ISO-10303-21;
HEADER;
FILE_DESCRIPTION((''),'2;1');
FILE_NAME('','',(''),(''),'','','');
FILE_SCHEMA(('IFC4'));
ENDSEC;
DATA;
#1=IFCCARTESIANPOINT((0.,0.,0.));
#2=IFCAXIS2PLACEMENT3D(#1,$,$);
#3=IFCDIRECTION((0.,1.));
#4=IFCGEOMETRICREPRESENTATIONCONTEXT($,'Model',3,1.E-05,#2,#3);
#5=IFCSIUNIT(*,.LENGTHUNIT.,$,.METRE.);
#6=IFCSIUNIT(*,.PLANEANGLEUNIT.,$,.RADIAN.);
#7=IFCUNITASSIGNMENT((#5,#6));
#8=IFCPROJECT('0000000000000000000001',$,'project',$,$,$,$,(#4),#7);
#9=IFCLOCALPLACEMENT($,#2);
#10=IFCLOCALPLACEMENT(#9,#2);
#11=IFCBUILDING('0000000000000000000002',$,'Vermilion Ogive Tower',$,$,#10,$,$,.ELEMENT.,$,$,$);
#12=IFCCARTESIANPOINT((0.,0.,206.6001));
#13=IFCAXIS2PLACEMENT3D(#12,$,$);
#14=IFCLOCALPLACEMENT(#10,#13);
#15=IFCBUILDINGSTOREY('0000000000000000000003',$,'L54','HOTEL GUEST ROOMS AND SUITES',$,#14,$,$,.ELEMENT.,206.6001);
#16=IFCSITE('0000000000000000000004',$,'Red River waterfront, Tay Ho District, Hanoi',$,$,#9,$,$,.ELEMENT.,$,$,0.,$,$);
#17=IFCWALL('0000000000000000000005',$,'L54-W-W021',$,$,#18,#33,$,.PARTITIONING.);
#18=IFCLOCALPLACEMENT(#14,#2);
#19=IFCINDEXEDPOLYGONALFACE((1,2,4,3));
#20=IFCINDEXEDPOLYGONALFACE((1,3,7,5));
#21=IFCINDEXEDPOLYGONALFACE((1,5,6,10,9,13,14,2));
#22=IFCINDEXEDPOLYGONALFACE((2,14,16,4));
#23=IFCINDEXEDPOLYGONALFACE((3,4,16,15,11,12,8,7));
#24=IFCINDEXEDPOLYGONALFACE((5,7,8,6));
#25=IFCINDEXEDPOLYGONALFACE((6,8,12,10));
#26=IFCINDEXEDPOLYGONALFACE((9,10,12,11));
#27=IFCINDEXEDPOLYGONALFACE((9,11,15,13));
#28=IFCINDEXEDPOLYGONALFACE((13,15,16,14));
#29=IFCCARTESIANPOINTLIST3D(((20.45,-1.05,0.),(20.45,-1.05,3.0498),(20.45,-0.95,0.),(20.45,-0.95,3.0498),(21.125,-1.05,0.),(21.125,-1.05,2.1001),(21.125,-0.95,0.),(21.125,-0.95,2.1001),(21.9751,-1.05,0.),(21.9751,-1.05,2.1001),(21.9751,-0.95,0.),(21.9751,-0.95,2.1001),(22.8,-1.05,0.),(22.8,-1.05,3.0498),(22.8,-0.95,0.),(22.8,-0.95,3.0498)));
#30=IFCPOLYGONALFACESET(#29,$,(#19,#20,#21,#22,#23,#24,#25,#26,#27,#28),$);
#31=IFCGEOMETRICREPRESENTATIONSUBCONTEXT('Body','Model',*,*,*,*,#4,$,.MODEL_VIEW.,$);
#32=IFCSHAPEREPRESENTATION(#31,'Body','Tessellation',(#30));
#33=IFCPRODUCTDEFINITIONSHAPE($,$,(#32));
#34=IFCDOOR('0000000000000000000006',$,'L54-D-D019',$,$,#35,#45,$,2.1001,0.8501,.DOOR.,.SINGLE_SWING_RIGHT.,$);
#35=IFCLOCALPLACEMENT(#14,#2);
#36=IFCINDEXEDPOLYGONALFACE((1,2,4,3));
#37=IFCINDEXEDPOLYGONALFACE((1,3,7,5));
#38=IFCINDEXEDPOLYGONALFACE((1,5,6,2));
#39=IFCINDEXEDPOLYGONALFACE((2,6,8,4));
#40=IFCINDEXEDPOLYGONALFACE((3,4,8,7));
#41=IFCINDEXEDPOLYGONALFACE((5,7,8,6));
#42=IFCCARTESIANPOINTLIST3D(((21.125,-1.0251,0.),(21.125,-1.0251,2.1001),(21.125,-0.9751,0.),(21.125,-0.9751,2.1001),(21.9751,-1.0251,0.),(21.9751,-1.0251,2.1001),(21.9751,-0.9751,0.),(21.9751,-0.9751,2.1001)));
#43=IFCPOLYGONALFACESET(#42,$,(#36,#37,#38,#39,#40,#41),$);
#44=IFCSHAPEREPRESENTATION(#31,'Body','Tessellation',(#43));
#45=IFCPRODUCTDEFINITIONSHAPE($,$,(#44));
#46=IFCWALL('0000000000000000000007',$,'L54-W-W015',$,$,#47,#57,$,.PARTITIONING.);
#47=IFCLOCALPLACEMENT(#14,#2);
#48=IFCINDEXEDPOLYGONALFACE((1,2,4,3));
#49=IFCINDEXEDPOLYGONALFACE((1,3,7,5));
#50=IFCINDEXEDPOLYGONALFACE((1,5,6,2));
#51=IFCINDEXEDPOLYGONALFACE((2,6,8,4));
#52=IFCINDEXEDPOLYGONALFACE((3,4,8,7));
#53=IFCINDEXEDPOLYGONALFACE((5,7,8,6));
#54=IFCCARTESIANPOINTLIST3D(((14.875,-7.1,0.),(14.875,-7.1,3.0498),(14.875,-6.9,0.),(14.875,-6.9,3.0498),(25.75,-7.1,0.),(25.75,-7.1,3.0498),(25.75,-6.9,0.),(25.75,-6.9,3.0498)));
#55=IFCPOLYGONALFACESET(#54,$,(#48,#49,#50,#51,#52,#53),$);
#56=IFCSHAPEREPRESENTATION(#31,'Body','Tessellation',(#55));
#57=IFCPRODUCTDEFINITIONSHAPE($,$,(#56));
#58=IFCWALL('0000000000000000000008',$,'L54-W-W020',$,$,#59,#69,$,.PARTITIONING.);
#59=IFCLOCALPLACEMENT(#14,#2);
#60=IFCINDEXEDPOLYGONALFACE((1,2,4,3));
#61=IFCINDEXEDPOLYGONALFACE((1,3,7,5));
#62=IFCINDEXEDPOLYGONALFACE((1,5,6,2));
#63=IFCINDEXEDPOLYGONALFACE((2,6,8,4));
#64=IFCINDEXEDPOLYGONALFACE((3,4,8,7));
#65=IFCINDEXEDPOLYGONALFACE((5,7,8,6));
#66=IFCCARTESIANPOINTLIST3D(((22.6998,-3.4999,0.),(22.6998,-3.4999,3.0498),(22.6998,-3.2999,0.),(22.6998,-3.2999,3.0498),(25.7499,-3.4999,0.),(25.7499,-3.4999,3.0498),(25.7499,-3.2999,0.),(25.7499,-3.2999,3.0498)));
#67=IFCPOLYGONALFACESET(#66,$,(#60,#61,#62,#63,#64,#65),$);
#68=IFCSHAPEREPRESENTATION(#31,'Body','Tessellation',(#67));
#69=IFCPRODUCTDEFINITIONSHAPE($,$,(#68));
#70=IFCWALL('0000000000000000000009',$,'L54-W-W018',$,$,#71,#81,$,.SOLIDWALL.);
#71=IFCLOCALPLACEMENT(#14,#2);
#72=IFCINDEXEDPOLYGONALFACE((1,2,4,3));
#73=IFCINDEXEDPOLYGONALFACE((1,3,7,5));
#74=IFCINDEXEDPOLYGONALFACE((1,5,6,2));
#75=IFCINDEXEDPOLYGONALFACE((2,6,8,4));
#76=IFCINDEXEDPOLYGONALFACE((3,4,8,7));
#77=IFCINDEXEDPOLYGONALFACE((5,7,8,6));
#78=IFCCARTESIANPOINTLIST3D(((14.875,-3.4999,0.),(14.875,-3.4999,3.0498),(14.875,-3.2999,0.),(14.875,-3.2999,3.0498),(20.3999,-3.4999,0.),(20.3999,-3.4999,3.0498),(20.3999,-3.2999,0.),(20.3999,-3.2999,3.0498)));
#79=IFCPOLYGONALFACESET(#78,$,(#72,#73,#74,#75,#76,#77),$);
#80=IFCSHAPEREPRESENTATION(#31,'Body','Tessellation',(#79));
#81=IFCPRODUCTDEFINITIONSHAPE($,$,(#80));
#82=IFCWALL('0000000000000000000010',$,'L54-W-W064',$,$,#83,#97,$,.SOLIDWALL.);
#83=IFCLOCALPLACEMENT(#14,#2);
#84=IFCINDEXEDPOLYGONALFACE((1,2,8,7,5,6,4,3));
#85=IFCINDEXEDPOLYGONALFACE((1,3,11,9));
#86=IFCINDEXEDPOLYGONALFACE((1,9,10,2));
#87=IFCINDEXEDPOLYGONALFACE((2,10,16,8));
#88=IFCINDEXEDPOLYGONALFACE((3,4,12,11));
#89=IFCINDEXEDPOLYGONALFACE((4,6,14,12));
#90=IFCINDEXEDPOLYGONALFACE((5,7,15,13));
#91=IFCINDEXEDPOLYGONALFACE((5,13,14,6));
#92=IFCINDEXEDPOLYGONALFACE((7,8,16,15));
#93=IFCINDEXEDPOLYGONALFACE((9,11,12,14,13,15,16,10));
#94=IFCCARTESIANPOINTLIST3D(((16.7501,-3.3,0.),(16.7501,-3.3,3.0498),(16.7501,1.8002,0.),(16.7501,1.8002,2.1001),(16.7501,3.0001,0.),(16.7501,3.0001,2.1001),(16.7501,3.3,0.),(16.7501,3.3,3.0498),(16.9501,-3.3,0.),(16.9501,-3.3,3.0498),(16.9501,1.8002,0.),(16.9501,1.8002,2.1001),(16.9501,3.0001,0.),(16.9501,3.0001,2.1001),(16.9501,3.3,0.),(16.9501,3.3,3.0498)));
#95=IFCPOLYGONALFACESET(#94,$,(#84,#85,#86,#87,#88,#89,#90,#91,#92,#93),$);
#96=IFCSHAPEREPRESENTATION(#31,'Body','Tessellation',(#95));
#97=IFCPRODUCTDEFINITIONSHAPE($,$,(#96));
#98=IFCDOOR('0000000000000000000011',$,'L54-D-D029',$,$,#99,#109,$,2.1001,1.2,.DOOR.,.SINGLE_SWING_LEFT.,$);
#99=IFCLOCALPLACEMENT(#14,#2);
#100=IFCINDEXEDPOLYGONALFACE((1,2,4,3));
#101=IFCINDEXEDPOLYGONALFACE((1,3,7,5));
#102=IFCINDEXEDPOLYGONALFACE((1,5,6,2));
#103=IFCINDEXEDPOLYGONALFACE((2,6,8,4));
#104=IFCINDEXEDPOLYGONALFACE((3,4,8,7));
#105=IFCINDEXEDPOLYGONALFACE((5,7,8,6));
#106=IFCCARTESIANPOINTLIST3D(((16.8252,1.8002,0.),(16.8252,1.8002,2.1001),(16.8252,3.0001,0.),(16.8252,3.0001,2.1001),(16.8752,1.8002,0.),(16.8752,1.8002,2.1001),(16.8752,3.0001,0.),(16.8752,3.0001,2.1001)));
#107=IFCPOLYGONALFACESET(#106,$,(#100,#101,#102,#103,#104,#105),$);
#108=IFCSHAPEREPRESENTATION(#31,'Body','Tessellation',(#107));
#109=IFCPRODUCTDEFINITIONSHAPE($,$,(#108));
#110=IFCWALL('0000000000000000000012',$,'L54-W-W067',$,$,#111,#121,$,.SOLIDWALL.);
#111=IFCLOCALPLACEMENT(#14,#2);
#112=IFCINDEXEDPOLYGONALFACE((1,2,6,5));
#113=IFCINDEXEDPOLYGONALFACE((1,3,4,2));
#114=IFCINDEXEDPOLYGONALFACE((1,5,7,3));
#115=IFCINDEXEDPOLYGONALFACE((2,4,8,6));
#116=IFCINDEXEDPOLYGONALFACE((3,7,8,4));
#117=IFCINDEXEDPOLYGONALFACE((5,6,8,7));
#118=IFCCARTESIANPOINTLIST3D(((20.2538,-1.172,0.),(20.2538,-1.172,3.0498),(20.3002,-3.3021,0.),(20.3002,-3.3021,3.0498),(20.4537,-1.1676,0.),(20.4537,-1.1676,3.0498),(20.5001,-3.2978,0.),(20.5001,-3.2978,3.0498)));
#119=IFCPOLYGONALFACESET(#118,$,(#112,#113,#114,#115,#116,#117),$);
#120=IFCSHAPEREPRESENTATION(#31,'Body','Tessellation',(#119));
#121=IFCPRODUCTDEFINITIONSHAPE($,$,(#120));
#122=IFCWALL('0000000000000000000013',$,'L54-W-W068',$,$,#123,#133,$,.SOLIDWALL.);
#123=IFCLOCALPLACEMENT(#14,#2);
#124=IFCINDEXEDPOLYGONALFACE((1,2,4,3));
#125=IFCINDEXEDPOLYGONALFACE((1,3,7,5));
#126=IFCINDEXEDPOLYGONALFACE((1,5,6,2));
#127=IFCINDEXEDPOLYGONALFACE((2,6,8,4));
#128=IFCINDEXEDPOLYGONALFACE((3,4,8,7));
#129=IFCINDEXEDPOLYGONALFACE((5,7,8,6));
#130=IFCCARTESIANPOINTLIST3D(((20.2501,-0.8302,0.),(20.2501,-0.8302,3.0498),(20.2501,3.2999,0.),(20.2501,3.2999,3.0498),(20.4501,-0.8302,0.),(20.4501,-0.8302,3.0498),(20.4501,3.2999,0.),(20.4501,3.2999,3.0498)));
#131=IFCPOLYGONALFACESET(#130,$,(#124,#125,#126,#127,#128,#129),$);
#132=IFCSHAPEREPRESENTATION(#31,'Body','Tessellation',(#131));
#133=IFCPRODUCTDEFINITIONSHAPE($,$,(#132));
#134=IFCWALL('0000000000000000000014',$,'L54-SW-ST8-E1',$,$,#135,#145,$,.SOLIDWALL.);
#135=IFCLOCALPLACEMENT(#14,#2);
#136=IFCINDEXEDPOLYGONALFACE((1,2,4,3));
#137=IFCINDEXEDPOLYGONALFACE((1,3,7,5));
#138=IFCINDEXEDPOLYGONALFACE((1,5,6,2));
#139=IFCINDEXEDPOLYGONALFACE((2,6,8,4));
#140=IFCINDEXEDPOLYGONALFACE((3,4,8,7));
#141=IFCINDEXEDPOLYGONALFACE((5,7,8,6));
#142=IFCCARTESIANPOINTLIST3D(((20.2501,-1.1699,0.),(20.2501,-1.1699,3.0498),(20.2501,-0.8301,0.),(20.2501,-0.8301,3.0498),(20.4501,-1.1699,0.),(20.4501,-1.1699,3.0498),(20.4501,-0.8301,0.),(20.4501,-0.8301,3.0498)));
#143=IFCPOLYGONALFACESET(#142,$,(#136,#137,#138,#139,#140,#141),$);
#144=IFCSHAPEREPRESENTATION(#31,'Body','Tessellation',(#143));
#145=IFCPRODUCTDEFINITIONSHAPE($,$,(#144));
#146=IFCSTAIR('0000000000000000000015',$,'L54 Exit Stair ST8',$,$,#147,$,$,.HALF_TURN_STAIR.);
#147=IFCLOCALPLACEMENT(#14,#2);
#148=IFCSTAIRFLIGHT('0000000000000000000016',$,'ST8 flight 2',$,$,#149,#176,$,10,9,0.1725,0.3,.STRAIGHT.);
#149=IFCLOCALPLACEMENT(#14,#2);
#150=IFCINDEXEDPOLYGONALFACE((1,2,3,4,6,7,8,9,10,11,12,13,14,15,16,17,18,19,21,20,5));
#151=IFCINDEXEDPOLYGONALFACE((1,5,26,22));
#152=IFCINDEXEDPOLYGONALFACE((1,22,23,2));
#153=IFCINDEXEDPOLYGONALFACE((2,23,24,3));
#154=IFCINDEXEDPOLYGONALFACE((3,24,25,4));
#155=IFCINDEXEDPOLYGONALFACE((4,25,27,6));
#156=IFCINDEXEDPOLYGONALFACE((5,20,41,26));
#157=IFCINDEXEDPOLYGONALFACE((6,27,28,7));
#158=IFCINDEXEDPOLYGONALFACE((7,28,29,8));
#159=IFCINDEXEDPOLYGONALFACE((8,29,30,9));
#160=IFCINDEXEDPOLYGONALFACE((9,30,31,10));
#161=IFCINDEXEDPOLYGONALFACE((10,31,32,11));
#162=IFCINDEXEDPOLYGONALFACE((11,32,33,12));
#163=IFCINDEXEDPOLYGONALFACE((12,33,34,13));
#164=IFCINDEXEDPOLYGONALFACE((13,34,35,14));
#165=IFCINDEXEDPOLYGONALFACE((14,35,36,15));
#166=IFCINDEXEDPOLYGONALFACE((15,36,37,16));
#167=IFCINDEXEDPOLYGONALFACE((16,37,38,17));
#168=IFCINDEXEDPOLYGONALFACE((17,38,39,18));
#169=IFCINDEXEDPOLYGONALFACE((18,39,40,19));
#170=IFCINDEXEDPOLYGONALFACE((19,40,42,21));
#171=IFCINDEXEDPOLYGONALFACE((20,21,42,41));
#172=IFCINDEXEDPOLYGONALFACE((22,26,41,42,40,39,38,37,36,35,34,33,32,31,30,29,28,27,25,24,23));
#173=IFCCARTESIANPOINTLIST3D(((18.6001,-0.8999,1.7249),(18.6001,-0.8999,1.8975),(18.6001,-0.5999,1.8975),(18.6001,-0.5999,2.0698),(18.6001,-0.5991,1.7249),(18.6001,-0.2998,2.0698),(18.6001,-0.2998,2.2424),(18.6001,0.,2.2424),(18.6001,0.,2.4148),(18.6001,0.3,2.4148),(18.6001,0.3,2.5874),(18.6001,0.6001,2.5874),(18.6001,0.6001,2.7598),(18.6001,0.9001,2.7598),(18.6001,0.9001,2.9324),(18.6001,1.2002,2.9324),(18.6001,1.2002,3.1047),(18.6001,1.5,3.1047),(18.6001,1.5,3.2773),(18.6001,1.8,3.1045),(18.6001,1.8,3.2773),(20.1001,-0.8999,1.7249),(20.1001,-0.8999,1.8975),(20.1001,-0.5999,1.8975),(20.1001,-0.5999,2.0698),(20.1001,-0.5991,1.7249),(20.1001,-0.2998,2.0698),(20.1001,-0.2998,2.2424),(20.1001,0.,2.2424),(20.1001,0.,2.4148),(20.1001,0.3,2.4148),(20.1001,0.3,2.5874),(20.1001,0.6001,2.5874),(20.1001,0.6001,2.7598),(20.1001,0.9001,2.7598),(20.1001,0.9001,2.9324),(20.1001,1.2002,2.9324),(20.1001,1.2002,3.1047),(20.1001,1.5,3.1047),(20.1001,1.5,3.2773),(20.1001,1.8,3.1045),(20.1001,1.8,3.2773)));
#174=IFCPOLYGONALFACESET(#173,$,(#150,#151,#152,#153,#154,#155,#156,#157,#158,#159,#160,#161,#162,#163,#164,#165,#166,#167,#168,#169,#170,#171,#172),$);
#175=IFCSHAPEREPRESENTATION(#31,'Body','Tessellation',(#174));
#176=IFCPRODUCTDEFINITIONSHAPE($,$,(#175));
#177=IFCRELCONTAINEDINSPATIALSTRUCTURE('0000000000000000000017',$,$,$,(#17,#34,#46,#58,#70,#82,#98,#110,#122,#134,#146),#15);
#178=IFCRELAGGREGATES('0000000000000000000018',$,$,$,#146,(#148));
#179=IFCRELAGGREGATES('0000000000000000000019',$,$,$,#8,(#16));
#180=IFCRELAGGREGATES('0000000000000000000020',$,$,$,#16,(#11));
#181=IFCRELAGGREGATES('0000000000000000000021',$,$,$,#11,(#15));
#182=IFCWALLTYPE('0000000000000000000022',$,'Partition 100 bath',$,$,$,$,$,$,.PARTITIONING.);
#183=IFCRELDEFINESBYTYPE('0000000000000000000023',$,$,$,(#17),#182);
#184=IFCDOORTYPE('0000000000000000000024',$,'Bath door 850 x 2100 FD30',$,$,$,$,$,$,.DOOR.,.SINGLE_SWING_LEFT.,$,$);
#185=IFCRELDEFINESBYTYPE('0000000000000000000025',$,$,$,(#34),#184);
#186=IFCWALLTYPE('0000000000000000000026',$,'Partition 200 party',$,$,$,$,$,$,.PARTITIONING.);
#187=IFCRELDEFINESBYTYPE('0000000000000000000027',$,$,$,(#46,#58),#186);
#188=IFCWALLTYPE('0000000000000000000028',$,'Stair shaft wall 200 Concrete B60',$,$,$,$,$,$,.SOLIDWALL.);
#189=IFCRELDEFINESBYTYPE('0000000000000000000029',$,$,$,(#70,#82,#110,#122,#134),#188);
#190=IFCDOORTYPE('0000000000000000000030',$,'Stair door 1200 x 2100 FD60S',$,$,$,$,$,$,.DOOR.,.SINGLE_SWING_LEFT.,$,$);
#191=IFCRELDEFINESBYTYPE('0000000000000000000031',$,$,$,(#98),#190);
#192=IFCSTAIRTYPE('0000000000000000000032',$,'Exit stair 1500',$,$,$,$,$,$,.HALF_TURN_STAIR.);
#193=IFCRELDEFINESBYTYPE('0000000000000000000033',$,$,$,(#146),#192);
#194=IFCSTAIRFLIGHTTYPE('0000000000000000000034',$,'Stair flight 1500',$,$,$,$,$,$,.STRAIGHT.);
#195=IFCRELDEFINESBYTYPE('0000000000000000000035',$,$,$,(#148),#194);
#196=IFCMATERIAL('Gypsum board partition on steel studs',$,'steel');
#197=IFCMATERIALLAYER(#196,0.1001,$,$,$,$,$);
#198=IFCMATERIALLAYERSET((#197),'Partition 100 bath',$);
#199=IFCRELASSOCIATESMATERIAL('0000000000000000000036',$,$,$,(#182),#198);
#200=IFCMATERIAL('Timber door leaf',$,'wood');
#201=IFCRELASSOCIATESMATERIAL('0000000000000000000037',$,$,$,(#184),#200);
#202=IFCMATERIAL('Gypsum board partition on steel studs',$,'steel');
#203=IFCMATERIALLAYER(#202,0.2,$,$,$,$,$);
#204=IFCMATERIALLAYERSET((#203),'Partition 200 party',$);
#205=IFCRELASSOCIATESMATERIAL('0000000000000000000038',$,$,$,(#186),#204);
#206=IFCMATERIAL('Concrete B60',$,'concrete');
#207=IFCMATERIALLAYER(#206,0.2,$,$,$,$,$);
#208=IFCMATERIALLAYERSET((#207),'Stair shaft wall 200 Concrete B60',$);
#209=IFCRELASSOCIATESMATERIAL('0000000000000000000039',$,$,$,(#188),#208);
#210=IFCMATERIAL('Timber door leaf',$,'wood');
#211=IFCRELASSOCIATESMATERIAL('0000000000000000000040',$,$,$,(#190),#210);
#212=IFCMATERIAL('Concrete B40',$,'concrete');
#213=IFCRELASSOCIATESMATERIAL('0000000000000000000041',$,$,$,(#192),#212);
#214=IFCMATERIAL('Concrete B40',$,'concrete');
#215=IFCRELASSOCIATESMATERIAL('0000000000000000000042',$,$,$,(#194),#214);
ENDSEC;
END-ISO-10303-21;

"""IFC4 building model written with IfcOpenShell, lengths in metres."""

from ifc_helpers import new_model, si_unit, direction, frame, frame_2d, origin, place, context, subcontext, project, spatial, polyline, rectangle, outline, extrude, material, layer, layer_set, type_object, element, fill, aggregate, save


model = new_model("IFC4")

# Units and contexts
model_context = context("Model", 3, precision=1e-05, world=origin(), true_north=direction((0.0, 1.0)))
body_context = subcontext(model_context, "Body", "Model", "MODEL_VIEW")
ifc_project = project(units=[si_unit("LENGTHUNIT", "METRE"), si_unit("PLANEANGLEUNIT", "RADIAN")], contexts=[model_context])

# Site, building, storey
site_placement = place(None, origin())
site = spatial("IfcSite", under=ifc_project, at=site_placement, Name="Red River waterfront, Tay Ho District, Hanoi", CompositionType="ELEMENT", RefElevation=0.0)
building_placement = place(site_placement, origin())
building = spatial("IfcBuilding", under=site, at=building_placement, Name="Vermilion Ogive Tower", CompositionType="ELEMENT")
storey_placement = place(building_placement, frame((0.0, 0.0, 206.6001)))
storey = spatial("IfcBuildingStorey", under=building, at=storey_placement, Name="L54", Description="HOTEL GUEST ROOMS AND SUITES", CompositionType="ELEMENT", Elevation=206.6001)

# Shared definitions
ifc_material_1 = material(Name="Gypsum board partition on steel studs", Category="steel")
ifc_layer_1 = layer(ifc_material_1, 0.1001)
ifc_layer_set_1 = layer_set([ifc_layer_1], Name="Partition 100 bath")
wall_type_1 = type_object("IfcWallType", Name="Partition 100 bath", PredefinedType="PARTITIONING", material=ifc_layer_set_1)

# Wall, opening, door
wall_1_placement = place(storey_placement, frame((20.45, -1.0, 0.0), z_axis=(0.0, 0.0, 1.0), x_axis=(1.0, 0.0, 0.0)))
wall_1 = element("IfcWall", 1, at=wall_1_placement, inside=storey, type_object=wall_type_1, Name="L54-W-W021", PredefinedType="PARTITIONING", context=body_context, shape_type="SweptSolid", body=[
    extrude(rectangle(XDim=2.3501, YDim=0.1001, at=frame_2d((1.175, 0.0))), origin(), (0.0, 0.0, 1.0), 3.0498),
])
opening_1_placement = place(wall_1_placement, frame((0.675, 0.0, 0.0)))
opening_1 = element("IfcOpeningElement", 2, at=opening_1_placement, cuts=wall_1, PredefinedType="OPENING", context=body_context, shape_type="SweptSolid", body=[
    extrude(rectangle(XDim=0.8501, YDim=2.1001, at=frame_2d((0.425, 1.05))), frame((0.0, 0.0601, 0.0), z_axis=(0.0, -1.0, 0.0), x_axis=(1.0, 0.0, 0.0)), (0.0, 0.0, 1.0), 0.1201),
])
ifc_material_2 = material(Name="Timber door leaf", Category="wood")
door_type_1 = type_object("IfcDoorType", Name="Bath door 850 x 2100 FD30", OperationType="SINGLE_SWING_LEFT", PredefinedType="DOOR", material=ifc_material_2)
door_1_placement = place(opening_1_placement, origin())
door_1 = element("IfcDoor", 3, at=door_1_placement, inside=storey, type_object=door_type_1, Name="L54-D-D019", OperationType="SINGLE_SWING_RIGHT", OverallHeight=2.1001, OverallWidth=0.8501, PredefinedType="DOOR", context=body_context, shape_type="SweptSolid", body=[
    extrude(rectangle(XDim=0.8501, YDim=2.1001, at=frame_2d((0.425, 1.05))), frame((0.0, 0.0249, 0.0), z_axis=(0.0, -1.0, 0.0), x_axis=(1.0, 0.0, 0.0)), (0.0, 0.0, 1.0), 0.05),
])
fill(opening_1, door_1)

# Walls
ifc_material_3 = material(Name="Gypsum board partition on steel studs", Category="steel")
ifc_layer_2 = layer(ifc_material_3, 0.2)
ifc_layer_set_2 = layer_set([ifc_layer_2], Name="Partition 200 party")
wall_type_2 = type_object("IfcWallType", Name="Partition 200 party", PredefinedType="PARTITIONING", material=ifc_layer_set_2)
wall_2_placement = place(storey_placement, frame((14.875, -7.0, 0.0), z_axis=(0.0, 0.0, 1.0), x_axis=(1.0, 0.0, 0.0)))
element("IfcWall", 4, at=wall_2_placement, inside=storey, type_object=wall_type_2, Name="L54-W-W015", PredefinedType="PARTITIONING", context=body_context, shape_type="SweptSolid", body=[
    extrude(rectangle(XDim=10.875, YDim=0.2, at=frame_2d((5.4375, 0.0))), origin(), (0.0, 0.0, 1.0), 3.0498),
])
wall_3_placement = place(storey_placement, frame((22.7, -3.3999, 0.0), z_axis=(0.0, 0.0, 1.0), x_axis=(1.0, 0.0, 0.0)))
element("IfcWall", 5, at=wall_3_placement, inside=storey, type_object=wall_type_2, Name="L54-W-W020", PredefinedType="PARTITIONING", context=body_context, shape_type="SweptSolid", body=[
    extrude(rectangle(XDim=3.05, YDim=0.2, at=frame_2d((1.5249, 0.0))), origin(), (0.0, 0.0, 1.0), 3.0498),
])
ifc_material_4 = material(Name="Concrete B60", Category="concrete")
ifc_layer_3 = layer(ifc_material_4, 0.2)
ifc_layer_set_3 = layer_set([ifc_layer_3], Name="Stair shaft wall 200 Concrete B60")
wall_type_3 = type_object("IfcWallType", Name="Stair shaft wall 200 Concrete B60", PredefinedType="SOLIDWALL", material=ifc_layer_set_3)
wall_4_placement = place(storey_placement, frame((14.875, -3.3999, 0.0), z_axis=(0.0, 0.0, 1.0), x_axis=(1.0, 0.0, 0.0)))
element("IfcWall", 6, at=wall_4_placement, inside=storey, type_object=wall_type_3, Name="L54-W-W018", PredefinedType="SOLIDWALL", context=body_context, shape_type="SweptSolid", body=[
    extrude(rectangle(XDim=5.5249, YDim=0.2, at=frame_2d((2.7625, 0.0))), origin(), (0.0, 0.0, 1.0), 3.0498),
])

# Wall, opening, door
wall_5_placement = place(storey_placement, frame((16.8501, -3.3, 0.0), z_axis=(0.0, 0.0, 1.0), x_axis=(0.0, 1.0, 0.0)))
wall_5 = element("IfcWall", 7, at=wall_5_placement, inside=storey, type_object=wall_type_3, Name="L54-W-W064", PredefinedType="SOLIDWALL", context=body_context, shape_type="SweptSolid", body=[
    extrude(rectangle(XDim=6.6001, YDim=0.2, at=frame_2d((3.3, 0.0))), origin(), (0.0, 0.0, 1.0), 3.0498),
])
opening_2_placement = place(wall_5_placement, frame((5.1001, 0.0, 0.0)))
opening_2 = element("IfcOpeningElement", 8, at=opening_2_placement, cuts=wall_5, PredefinedType="OPENING", context=body_context, shape_type="SweptSolid", body=[
    extrude(rectangle(XDim=1.2, YDim=2.1001, at=frame_2d((0.6001, 1.05))), frame((0.0, 0.1099, 0.0), z_axis=(0.0, -1.0, 0.0), x_axis=(1.0, 0.0, 0.0)), (0.0, 0.0, 1.0), 0.22),
])
ifc_material_5 = material(Name="Timber door leaf", Category="wood")
door_type_2 = type_object("IfcDoorType", Name="Stair door 1200 x 2100 FD60S", OperationType="SINGLE_SWING_LEFT", PredefinedType="DOOR", material=ifc_material_5)
door_2_placement = place(opening_2_placement, origin())
door_2 = element("IfcDoor", 9, at=door_2_placement, inside=storey, type_object=door_type_2, Name="L54-D-D029", OperationType="SINGLE_SWING_LEFT", OverallHeight=2.1001, OverallWidth=1.2, PredefinedType="DOOR", context=body_context, shape_type="SweptSolid", body=[
    extrude(rectangle(XDim=1.2, YDim=2.1001, at=frame_2d((0.6001, 1.05))), frame((0.0, 0.0249, 0.0), z_axis=(0.0, -1.0, 0.0), x_axis=(1.0, 0.0, 0.0)), (0.0, 0.0, 1.0), 0.05),
])
fill(opening_2, door_2)

# Walls
wall_6_placement = place(storey_placement, frame((20.4001, -3.3, 0.0), z_axis=(0.0, 0.0, 1.0), x_axis=(-0.021771, 0.999763, 0.0)))
element("IfcWall", 10, at=wall_6_placement, inside=storey, type_object=wall_type_3, Name="L54-W-W067", PredefinedType="SOLIDWALL", context=body_context, shape_type="SweptSolid", body=[
    extrude(rectangle(XDim=2.1306, YDim=0.2, at=frame_2d((1.0654, 0.0))), origin(), (0.0, 0.0, 1.0), 3.0498),
])
wall_7_placement = place(storey_placement, frame((20.3501, -0.8301, 0.0), z_axis=(0.0, 0.0, 1.0), x_axis=(0.0, 1.0, 0.0)))
element("IfcWall", 11, at=wall_7_placement, inside=storey, type_object=wall_type_3, Name="L54-W-W068", PredefinedType="SOLIDWALL", context=body_context, shape_type="SweptSolid", body=[
    extrude(rectangle(XDim=4.1301, YDim=0.2, at=frame_2d((2.0649, 0.0))), origin(), (0.0, 0.0, 1.0), 3.0498),
])
wall_8_placement = place(storey_placement, frame((20.3501, -1.1699, 0.0), z_axis=(0.0, 0.0, 1.0), x_axis=(0.0, 1.0, 0.0)))
element("IfcWall", 12, at=wall_8_placement, inside=storey, type_object=wall_type_3, Name="L54-SW-ST8-E1", PredefinedType="SOLIDWALL", context=body_context, shape_type="SweptSolid", body=[
    extrude(rectangle(XDim=0.3398, YDim=0.2, at=frame_2d((0.1699, 0.0))), origin(), (0.0, 0.0, 1.0), 3.0498),
])

# Stair, stair flight
ifc_material_6 = material(Name="Concrete B40", Category="concrete")
stair_type = type_object("IfcStairType", Name="Exit stair 1500", PredefinedType="HALF_TURN_STAIR", material=ifc_material_6)
stair_placement = place(storey_placement, origin())
stair = element("IfcStair", 13, at=stair_placement, inside=storey, type_object=stair_type, Name="L54 Exit Stair ST8", PredefinedType="HALF_TURN_STAIR")
ifc_material_7 = material(Name="Concrete B40", Category="concrete")
stair_flight_type = type_object("IfcStairFlightType", Name="Stair flight 1500", PredefinedType="STRAIGHT", material=ifc_material_7)
stair_flight_placement = place(storey_placement, frame((19.3501, -0.8999, 1.7249), z_axis=(0.0, 0.0, 1.0), x_axis=(0.0, 1.0, 0.0)))
stair_flight = element("IfcStairFlight", 14, at=stair_flight_placement, type_object=stair_flight_type, Name="ST8 flight 2", NumberOfRisers=10, NumberOfTreads=9, PredefinedType="STRAIGHT", RiserHeight=0.1725, TreadLength=0.3, context=body_context, shape_type="SweptSolid", body=[
    extrude(outline(polyline([(0.0, 0.0), (0.0, 0.1726), (0.3, 0.1726), (0.3, 0.345), (0.6001, 0.345), (0.6001, 0.5176), (0.8999, 0.5176), (0.8999, 0.6899), (1.2, 0.6899), (1.2, 0.8625), (1.5, 0.8625), (1.5, 1.0349), (1.8, 1.0349), (1.8, 1.2075), (2.1001, 1.2075), (2.1001, 1.3799), (2.3999, 1.3799), (2.3999, 1.5525), (2.7, 1.5525), (2.7, 1.7251), (2.7, 1.3796), (0.3008, 0.0), (0.0, 0.0)])), frame((0.0, 0.75, 0.0), z_axis=(0.0, -1.0, 0.0), x_axis=(1.0, 0.0, 0.0)), (0.0, 0.0, 1.0), 1.5),
])
aggregate(stair, [stair_flight])

save(model, "model.ifc")
